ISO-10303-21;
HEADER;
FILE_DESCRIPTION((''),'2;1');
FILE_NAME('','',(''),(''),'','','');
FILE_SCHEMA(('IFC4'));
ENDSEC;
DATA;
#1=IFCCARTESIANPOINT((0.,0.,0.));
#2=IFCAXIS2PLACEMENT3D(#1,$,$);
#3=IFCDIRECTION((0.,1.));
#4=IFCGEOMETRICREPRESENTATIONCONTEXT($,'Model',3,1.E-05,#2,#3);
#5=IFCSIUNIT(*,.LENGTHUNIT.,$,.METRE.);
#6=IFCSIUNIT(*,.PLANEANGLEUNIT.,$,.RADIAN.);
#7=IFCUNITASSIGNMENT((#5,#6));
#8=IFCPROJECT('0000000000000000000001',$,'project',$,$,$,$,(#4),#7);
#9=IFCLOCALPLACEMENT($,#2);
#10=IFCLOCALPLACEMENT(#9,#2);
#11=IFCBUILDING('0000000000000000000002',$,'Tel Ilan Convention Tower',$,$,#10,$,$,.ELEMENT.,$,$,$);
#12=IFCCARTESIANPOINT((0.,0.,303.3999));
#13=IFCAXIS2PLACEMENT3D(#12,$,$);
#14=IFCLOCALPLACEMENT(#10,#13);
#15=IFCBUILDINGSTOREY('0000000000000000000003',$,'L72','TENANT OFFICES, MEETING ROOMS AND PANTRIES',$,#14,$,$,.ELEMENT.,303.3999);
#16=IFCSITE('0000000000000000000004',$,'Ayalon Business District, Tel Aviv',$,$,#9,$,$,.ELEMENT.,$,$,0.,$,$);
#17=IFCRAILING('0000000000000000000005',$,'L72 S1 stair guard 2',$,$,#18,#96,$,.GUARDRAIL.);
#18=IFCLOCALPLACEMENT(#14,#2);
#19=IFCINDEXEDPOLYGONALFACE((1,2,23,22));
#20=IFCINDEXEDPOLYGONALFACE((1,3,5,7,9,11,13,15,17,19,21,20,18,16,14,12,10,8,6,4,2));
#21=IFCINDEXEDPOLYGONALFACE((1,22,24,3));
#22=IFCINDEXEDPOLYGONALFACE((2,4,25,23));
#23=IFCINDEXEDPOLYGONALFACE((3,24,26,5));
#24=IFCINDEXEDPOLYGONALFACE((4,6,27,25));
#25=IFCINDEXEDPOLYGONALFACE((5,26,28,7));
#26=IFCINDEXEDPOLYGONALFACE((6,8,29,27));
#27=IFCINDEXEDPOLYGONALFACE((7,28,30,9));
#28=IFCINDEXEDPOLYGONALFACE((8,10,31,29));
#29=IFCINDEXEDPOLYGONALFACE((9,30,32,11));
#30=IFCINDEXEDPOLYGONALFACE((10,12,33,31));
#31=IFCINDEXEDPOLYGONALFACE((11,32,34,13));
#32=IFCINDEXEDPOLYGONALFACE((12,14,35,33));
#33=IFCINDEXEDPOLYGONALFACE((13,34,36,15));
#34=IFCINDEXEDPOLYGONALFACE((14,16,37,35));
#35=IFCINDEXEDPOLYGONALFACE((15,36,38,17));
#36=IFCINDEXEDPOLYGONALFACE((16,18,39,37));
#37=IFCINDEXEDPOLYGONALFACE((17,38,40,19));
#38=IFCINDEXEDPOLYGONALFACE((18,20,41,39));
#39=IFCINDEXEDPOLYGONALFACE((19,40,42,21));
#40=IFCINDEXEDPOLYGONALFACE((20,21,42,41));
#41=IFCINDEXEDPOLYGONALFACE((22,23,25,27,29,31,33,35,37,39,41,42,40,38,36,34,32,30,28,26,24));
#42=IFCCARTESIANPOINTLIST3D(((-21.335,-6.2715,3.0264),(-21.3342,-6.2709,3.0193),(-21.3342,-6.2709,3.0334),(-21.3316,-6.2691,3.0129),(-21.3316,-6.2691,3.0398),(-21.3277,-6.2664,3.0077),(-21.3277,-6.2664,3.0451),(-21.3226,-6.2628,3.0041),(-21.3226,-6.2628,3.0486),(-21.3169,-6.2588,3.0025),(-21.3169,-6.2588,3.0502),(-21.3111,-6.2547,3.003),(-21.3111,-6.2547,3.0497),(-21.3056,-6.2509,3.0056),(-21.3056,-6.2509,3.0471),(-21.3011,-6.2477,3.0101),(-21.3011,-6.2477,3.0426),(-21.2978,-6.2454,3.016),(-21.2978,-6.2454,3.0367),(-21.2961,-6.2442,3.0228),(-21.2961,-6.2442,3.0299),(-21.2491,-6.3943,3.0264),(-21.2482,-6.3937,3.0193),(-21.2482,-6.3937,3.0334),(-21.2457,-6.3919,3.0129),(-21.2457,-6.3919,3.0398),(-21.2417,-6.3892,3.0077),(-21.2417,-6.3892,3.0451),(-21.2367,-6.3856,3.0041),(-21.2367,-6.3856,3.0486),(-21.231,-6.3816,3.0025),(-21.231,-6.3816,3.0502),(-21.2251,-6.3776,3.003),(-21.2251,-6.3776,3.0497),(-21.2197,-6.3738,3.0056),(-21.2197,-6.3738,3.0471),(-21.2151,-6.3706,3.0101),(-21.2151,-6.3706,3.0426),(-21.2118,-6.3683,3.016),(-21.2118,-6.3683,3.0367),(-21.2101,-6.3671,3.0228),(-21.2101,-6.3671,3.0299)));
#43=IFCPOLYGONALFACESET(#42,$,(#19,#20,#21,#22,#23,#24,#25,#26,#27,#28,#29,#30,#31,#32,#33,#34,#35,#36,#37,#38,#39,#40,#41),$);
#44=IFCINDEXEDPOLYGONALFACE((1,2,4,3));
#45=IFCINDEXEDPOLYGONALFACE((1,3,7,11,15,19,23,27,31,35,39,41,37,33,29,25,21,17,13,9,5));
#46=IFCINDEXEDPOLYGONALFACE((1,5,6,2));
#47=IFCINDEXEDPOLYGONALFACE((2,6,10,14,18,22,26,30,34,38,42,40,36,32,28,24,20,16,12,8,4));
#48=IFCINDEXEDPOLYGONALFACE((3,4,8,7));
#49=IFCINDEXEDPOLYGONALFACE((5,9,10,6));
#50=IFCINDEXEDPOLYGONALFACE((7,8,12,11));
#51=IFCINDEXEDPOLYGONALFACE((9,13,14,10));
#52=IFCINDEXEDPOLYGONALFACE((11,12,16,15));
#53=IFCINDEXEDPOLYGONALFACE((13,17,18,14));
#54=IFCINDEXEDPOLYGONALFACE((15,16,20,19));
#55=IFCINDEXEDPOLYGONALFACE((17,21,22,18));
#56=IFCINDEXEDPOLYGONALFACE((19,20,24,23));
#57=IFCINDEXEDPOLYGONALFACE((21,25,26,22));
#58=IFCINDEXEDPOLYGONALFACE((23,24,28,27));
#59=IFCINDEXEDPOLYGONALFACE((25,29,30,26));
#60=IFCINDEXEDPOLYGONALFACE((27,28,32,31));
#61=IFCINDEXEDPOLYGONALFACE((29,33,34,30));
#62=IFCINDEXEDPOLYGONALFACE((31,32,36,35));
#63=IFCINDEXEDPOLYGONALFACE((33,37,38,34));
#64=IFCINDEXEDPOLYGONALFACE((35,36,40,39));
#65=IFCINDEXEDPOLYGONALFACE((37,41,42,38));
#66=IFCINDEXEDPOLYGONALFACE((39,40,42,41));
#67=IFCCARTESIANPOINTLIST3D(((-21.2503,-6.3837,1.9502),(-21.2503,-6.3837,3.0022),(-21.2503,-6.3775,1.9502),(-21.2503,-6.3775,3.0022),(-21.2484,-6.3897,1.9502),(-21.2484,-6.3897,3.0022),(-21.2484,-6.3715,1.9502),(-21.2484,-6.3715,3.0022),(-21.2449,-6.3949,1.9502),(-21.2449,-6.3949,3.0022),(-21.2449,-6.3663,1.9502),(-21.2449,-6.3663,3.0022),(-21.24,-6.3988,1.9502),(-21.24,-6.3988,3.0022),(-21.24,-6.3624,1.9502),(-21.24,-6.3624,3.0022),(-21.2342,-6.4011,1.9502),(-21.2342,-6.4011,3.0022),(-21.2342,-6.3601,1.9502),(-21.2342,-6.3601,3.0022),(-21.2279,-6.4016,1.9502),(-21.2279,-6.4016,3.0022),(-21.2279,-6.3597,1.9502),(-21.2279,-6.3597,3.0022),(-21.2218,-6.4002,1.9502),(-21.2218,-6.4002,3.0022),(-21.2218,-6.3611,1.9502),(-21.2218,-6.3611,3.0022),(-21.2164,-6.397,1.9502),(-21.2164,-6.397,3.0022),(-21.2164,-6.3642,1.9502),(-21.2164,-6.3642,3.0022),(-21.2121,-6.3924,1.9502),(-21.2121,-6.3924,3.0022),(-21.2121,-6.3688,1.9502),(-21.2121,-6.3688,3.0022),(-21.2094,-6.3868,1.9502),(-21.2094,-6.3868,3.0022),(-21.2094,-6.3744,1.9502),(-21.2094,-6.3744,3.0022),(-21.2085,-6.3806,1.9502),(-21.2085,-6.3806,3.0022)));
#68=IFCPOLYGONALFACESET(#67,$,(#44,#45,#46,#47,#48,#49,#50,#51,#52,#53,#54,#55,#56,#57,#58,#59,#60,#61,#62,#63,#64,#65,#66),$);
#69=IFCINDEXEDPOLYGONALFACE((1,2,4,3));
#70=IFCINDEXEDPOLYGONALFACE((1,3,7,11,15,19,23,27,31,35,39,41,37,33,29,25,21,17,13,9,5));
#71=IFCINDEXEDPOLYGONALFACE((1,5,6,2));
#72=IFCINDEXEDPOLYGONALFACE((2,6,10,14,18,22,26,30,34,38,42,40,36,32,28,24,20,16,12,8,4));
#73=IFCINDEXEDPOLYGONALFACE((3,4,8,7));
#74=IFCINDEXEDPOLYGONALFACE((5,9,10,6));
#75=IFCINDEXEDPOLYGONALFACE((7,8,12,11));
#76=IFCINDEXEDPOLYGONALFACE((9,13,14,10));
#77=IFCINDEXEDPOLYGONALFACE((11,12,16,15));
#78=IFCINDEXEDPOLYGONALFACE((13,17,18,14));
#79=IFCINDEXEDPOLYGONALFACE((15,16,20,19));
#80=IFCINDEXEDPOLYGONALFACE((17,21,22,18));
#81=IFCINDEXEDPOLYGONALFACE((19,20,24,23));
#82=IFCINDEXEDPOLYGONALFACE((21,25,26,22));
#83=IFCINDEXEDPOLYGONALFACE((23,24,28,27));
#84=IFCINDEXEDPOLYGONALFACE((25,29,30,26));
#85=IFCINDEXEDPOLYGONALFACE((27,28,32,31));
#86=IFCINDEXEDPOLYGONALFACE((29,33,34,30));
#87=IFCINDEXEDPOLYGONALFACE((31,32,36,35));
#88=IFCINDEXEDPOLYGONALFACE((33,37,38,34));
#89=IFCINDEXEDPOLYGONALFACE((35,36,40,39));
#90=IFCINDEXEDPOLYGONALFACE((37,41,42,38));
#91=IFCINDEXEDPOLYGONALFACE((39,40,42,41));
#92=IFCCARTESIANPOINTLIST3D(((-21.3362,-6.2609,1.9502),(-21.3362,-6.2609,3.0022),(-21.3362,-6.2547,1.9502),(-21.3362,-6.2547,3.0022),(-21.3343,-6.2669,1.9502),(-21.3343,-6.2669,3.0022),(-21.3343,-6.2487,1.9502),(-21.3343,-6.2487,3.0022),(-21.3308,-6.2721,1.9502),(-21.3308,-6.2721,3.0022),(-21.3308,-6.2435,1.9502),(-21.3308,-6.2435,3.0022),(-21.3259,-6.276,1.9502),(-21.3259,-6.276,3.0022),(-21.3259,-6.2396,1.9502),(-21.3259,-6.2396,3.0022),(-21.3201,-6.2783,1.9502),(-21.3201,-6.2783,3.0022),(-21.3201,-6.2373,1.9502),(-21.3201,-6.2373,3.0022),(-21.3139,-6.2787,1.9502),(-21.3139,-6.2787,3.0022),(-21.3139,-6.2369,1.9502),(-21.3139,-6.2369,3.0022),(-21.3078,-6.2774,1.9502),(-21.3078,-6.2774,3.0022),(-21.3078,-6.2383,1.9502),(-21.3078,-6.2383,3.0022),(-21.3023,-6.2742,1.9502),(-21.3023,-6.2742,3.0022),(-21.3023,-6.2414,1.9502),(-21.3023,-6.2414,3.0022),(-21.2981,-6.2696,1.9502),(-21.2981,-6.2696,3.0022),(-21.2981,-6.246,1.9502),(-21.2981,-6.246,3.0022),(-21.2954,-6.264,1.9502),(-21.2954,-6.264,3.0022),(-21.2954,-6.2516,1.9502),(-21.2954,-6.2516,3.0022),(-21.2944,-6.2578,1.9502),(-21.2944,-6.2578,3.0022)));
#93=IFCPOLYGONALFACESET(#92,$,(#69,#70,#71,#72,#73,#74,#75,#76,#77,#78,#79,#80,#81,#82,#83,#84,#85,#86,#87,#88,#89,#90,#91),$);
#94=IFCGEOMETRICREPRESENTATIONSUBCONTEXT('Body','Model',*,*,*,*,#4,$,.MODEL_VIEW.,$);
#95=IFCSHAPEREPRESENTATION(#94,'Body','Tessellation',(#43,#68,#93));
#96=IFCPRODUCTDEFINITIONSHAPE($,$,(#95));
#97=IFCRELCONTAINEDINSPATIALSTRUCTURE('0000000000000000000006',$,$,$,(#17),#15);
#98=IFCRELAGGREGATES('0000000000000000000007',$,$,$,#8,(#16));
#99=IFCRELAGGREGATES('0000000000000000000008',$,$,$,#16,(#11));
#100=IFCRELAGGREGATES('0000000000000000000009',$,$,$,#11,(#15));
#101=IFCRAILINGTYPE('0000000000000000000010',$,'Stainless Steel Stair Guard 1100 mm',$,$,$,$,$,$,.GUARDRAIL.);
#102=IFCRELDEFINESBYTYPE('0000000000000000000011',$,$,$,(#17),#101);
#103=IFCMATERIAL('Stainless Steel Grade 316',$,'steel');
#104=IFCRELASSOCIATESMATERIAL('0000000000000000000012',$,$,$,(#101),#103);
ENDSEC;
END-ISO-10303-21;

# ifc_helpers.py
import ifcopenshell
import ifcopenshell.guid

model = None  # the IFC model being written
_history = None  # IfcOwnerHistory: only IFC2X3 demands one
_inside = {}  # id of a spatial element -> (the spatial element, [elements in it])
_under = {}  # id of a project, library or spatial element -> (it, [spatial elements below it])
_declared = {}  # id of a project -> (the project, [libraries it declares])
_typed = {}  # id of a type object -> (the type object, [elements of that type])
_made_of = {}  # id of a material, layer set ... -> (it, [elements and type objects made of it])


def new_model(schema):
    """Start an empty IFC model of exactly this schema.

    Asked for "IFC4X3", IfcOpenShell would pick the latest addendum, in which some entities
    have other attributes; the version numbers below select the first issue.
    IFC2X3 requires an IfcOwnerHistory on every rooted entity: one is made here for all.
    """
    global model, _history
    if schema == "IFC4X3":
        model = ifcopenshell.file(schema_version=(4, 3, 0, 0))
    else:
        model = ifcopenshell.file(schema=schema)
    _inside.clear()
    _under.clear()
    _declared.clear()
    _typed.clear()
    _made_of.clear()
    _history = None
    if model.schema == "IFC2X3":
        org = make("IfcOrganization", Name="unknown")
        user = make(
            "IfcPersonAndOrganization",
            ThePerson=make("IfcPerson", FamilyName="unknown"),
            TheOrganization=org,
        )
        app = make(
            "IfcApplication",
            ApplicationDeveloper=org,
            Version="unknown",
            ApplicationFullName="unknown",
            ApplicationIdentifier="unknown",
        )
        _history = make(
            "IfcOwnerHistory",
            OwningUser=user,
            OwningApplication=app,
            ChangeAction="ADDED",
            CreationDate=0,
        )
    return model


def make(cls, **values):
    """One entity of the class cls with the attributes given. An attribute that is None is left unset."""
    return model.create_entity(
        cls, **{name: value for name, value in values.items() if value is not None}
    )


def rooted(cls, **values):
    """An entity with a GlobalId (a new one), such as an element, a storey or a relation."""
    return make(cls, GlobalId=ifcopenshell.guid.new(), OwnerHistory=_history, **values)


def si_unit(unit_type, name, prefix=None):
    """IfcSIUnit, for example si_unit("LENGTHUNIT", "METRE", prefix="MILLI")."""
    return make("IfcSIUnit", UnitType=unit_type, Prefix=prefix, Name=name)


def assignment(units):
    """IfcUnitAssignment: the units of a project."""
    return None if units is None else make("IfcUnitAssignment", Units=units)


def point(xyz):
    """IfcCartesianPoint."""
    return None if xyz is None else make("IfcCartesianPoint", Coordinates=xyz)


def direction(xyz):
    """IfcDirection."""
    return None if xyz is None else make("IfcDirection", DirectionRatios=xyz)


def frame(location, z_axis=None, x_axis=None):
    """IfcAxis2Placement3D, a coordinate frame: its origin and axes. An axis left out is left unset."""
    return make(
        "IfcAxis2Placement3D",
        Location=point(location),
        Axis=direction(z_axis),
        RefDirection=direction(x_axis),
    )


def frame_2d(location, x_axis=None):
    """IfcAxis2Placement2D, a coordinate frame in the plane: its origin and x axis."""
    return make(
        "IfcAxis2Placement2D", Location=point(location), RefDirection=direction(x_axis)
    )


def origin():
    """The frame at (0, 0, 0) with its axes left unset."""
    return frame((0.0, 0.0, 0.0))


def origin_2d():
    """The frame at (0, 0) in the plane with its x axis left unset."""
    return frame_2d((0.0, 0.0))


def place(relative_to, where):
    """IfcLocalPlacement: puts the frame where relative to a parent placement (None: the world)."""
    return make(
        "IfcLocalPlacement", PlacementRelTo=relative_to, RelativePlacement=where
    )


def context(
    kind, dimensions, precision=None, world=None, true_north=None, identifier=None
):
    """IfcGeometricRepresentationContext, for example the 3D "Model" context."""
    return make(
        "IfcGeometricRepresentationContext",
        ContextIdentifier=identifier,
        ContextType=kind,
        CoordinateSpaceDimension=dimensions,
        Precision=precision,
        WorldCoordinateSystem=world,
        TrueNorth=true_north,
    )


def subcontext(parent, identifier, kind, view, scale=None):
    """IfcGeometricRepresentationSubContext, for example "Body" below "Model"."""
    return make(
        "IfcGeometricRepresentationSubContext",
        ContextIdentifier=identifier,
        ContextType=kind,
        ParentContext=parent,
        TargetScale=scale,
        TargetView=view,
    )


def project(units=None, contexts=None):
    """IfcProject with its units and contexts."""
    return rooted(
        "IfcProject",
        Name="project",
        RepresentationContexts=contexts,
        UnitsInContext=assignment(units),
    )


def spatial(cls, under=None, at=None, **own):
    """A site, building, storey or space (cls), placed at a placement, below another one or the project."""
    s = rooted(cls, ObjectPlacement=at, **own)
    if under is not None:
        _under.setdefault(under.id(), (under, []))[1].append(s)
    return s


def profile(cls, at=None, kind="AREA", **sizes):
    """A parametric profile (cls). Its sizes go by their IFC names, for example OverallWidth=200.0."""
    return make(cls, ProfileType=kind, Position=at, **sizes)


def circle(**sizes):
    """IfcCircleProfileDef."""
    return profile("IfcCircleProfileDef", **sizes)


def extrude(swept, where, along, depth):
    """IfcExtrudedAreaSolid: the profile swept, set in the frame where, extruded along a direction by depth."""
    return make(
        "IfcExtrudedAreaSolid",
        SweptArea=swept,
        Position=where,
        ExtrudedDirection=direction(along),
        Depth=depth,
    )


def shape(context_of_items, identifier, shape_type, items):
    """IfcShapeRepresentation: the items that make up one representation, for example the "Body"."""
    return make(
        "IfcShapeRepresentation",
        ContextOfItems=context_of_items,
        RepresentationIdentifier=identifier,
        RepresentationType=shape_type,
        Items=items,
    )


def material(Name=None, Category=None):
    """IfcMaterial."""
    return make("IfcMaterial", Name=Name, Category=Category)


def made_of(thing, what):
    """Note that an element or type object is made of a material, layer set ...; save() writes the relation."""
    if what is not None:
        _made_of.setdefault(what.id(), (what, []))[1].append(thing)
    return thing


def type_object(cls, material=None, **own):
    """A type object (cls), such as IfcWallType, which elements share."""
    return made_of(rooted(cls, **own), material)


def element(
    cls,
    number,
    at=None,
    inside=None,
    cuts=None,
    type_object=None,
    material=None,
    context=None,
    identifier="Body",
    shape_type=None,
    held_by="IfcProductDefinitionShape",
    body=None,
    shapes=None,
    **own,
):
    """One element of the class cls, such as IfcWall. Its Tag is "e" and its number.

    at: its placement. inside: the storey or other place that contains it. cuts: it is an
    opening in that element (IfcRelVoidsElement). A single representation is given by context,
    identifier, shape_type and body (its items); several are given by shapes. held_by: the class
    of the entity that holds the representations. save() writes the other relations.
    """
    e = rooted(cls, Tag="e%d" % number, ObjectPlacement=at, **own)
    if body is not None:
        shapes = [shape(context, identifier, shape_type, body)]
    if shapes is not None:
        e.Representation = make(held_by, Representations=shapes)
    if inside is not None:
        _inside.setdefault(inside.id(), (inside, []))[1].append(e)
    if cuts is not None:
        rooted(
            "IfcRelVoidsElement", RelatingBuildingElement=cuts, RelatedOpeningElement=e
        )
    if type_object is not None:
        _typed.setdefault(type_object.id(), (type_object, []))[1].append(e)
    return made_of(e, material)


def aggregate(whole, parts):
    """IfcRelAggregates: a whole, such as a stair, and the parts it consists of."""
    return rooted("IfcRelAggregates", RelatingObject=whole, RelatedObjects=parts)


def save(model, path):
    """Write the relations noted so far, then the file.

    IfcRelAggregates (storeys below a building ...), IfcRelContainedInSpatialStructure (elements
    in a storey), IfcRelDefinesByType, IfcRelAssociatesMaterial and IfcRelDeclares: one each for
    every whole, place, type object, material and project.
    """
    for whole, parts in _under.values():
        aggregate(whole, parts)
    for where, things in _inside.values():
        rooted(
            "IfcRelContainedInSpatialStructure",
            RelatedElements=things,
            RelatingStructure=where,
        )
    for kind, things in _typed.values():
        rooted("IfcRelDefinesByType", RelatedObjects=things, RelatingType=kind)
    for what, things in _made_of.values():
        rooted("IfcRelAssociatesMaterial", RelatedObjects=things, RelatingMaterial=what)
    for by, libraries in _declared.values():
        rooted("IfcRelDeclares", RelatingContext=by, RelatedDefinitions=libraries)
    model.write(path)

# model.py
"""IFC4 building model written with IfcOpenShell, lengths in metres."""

from ifc_helpers import new_model, si_unit, direction, frame, origin, origin_2d, place, context, subcontext, project, spatial, circle, extrude, material, type_object, element, save


model = new_model("IFC4")

# Units and contexts
model_context = context("Model", 3, precision=1e-05, world=origin(), true_north=direction((0.0, 1.0)))
body_context = subcontext(model_context, "Body", "Model", "MODEL_VIEW")
ifc_project = project(units=[si_unit("LENGTHUNIT", "METRE"), si_unit("PLANEANGLEUNIT", "RADIAN")], contexts=[model_context])

# Site, building, storey
site_placement = place(None, origin())
site = spatial("IfcSite", under=ifc_project, at=site_placement, Name="Ayalon Business District, Tel Aviv", CompositionType="ELEMENT", RefElevation=0.0)
building_placement = place(site_placement, origin())
building = spatial("IfcBuilding", under=site, at=building_placement, Name="Tel Ilan Convention Tower", CompositionType="ELEMENT")
storey_placement = place(building_placement, frame((0.0, 0.0, 303.3999)))
storey = spatial("IfcBuildingStorey", under=building, at=storey_placement, Name="L72", Description="TENANT OFFICES, MEETING ROOMS AND PANTRIES", CompositionType="ELEMENT", Elevation=303.3999)

# Railing
ifc_material_1 = material(Name="Stainless Steel Grade 316", Category="steel")
railing_type_1 = type_object("IfcRailingType", Name="Stainless Steel Stair Guard 1100 mm", PredefinedType="GUARDRAIL", material=ifc_material_1)
railing_1_placement = place(storey_placement, frame((-21.2295, -6.3806, 1.9502)))
element("IfcRailing", 1, at=railing_1_placement, inside=storey, type_object=railing_type_1, Name="L72 S1 stair guard 2", PredefinedType="GUARDRAIL", context=body_context, shape_type="SweptSolid", body=[
    extrude(circle(Radius=0.0239, at=origin_2d()), frame((0.0, 0.0, 1.0762), z_axis=(-0.573353, 0.819308, 0.0), x_axis=(-0.819308, -0.573353, 0.0)), (0.0, 0.0, 1.0), 0.1499),
    extrude(circle(Radius=0.021, at=origin_2d()), origin(), (0.0, 0.0, 1.0), 1.052),
    extrude(circle(Radius=0.021, at=origin_2d()), frame((-0.0859, 0.1228, 0.0)), (0.0, 0.0, 1.0), 1.052),
])

save(model, "model.ifc")
